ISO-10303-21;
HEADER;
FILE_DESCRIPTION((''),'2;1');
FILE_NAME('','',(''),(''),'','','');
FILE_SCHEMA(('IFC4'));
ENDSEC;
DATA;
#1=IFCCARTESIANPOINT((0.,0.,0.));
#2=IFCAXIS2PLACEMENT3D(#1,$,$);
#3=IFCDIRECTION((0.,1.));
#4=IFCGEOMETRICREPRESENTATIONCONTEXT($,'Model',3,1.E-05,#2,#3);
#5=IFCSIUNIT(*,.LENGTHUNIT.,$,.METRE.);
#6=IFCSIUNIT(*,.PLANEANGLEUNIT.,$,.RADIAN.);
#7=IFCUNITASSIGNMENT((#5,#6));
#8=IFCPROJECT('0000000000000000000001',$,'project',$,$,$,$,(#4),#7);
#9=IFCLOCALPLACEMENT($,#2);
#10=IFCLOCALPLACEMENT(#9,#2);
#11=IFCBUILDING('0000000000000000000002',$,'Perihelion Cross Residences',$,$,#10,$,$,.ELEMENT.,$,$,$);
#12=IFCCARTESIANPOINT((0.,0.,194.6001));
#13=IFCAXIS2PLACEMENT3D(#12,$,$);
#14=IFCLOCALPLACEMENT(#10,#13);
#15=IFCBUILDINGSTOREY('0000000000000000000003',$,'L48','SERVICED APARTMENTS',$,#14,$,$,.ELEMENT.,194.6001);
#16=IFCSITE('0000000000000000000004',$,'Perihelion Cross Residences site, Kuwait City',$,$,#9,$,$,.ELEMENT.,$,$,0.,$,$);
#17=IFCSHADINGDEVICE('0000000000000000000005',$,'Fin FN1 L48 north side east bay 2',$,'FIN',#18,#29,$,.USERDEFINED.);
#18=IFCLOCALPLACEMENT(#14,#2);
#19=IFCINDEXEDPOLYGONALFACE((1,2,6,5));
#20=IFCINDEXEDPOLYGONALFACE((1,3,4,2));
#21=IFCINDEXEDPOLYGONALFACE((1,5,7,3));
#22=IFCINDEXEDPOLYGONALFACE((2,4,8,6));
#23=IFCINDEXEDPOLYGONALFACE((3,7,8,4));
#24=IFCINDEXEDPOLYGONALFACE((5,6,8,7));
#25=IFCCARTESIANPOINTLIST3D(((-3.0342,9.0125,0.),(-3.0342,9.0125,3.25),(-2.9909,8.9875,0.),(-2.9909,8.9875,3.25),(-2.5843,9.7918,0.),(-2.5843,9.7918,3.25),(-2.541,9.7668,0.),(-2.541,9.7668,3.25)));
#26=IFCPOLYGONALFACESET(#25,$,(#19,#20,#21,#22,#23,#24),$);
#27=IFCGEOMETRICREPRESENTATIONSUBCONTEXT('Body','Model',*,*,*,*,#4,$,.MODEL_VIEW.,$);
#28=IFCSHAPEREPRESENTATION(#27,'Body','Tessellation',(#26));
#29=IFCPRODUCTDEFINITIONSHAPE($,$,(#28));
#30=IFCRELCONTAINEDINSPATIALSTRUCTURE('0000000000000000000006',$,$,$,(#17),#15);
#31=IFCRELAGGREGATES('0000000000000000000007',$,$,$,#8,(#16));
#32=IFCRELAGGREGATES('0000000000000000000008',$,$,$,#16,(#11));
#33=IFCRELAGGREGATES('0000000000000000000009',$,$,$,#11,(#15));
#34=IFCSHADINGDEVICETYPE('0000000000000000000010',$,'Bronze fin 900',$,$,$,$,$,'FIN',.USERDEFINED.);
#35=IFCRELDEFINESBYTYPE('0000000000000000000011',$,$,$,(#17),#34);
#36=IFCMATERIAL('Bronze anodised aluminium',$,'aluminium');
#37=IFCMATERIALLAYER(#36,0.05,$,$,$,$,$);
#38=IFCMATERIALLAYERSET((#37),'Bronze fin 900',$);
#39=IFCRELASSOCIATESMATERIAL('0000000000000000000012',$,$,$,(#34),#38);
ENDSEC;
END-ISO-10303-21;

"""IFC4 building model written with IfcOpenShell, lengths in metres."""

from ifc_helpers import new_model, si_unit, direction, frame, origin, origin_2d, place, context, subcontext, project, spatial, rectangle, extrude, material, layer, layer_set, type_object, element, save


model = new_model("IFC4")

# Units and contexts
model_context = context("Model", 3, precision=1e-05, world=origin(), true_north=direction((0.0, 1.0)))
body_context = subcontext(model_context, "Body", "Model", "MODEL_VIEW")
ifc_project = project(units=[si_unit("LENGTHUNIT", "METRE"), si_unit("PLANEANGLEUNIT", "RADIAN")], contexts=[model_context])

# Site, building, storey
site_placement = place(None, origin())
site = spatial("IfcSite", under=ifc_project, at=site_placement, Name="Perihelion Cross Residences site, Kuwait City", CompositionType="ELEMENT", RefElevation=0.0)
building_placement = place(site_placement, origin())
building = spatial("IfcBuilding", under=site, at=building_placement, Name="Perihelion Cross Residences", CompositionType="ELEMENT")
storey_placement = place(building_placement, frame((0.0, 0.0, 194.6001)))
storey = spatial("IfcBuildingStorey", under=building, at=storey_placement, Name="L48", Description="SERVICED APARTMENTS", CompositionType="ELEMENT", Elevation=194.6001)

# Shading device
ifc_material_1 = material(Name="Bronze anodised aluminium", Category="aluminium")
ifc_layer_1 = layer(ifc_material_1, 0.05)
ifc_layer_set_1 = layer_set([ifc_layer_1], Name="Bronze fin 900")
shading_device_type = type_object("IfcShadingDeviceType", Name="Bronze fin 900", ElementType="FIN", PredefinedType="USERDEFINED", material=ifc_layer_set_1)
shading_device_placement = place(storey_placement, frame((-2.7876, 9.3896, 0.0), z_axis=(0.0, 0.0, 1.0), x_axis=(0.5, 0.866025, 0.0)))
element("IfcShadingDevice", 1, at=shading_device_placement, inside=storey, type_object=shading_device_type, Name="Fin FN1 L48 north side east bay 2", ObjectType="FIN", PredefinedType="USERDEFINED", context=body_context, shape_type="SweptSolid", body=[
    extrude(rectangle(XDim=0.8999, YDim=0.05, at=origin_2d()), origin(), (0.0, 0.0, 1.0), 3.25),
])

save(model, "model.ifc")
